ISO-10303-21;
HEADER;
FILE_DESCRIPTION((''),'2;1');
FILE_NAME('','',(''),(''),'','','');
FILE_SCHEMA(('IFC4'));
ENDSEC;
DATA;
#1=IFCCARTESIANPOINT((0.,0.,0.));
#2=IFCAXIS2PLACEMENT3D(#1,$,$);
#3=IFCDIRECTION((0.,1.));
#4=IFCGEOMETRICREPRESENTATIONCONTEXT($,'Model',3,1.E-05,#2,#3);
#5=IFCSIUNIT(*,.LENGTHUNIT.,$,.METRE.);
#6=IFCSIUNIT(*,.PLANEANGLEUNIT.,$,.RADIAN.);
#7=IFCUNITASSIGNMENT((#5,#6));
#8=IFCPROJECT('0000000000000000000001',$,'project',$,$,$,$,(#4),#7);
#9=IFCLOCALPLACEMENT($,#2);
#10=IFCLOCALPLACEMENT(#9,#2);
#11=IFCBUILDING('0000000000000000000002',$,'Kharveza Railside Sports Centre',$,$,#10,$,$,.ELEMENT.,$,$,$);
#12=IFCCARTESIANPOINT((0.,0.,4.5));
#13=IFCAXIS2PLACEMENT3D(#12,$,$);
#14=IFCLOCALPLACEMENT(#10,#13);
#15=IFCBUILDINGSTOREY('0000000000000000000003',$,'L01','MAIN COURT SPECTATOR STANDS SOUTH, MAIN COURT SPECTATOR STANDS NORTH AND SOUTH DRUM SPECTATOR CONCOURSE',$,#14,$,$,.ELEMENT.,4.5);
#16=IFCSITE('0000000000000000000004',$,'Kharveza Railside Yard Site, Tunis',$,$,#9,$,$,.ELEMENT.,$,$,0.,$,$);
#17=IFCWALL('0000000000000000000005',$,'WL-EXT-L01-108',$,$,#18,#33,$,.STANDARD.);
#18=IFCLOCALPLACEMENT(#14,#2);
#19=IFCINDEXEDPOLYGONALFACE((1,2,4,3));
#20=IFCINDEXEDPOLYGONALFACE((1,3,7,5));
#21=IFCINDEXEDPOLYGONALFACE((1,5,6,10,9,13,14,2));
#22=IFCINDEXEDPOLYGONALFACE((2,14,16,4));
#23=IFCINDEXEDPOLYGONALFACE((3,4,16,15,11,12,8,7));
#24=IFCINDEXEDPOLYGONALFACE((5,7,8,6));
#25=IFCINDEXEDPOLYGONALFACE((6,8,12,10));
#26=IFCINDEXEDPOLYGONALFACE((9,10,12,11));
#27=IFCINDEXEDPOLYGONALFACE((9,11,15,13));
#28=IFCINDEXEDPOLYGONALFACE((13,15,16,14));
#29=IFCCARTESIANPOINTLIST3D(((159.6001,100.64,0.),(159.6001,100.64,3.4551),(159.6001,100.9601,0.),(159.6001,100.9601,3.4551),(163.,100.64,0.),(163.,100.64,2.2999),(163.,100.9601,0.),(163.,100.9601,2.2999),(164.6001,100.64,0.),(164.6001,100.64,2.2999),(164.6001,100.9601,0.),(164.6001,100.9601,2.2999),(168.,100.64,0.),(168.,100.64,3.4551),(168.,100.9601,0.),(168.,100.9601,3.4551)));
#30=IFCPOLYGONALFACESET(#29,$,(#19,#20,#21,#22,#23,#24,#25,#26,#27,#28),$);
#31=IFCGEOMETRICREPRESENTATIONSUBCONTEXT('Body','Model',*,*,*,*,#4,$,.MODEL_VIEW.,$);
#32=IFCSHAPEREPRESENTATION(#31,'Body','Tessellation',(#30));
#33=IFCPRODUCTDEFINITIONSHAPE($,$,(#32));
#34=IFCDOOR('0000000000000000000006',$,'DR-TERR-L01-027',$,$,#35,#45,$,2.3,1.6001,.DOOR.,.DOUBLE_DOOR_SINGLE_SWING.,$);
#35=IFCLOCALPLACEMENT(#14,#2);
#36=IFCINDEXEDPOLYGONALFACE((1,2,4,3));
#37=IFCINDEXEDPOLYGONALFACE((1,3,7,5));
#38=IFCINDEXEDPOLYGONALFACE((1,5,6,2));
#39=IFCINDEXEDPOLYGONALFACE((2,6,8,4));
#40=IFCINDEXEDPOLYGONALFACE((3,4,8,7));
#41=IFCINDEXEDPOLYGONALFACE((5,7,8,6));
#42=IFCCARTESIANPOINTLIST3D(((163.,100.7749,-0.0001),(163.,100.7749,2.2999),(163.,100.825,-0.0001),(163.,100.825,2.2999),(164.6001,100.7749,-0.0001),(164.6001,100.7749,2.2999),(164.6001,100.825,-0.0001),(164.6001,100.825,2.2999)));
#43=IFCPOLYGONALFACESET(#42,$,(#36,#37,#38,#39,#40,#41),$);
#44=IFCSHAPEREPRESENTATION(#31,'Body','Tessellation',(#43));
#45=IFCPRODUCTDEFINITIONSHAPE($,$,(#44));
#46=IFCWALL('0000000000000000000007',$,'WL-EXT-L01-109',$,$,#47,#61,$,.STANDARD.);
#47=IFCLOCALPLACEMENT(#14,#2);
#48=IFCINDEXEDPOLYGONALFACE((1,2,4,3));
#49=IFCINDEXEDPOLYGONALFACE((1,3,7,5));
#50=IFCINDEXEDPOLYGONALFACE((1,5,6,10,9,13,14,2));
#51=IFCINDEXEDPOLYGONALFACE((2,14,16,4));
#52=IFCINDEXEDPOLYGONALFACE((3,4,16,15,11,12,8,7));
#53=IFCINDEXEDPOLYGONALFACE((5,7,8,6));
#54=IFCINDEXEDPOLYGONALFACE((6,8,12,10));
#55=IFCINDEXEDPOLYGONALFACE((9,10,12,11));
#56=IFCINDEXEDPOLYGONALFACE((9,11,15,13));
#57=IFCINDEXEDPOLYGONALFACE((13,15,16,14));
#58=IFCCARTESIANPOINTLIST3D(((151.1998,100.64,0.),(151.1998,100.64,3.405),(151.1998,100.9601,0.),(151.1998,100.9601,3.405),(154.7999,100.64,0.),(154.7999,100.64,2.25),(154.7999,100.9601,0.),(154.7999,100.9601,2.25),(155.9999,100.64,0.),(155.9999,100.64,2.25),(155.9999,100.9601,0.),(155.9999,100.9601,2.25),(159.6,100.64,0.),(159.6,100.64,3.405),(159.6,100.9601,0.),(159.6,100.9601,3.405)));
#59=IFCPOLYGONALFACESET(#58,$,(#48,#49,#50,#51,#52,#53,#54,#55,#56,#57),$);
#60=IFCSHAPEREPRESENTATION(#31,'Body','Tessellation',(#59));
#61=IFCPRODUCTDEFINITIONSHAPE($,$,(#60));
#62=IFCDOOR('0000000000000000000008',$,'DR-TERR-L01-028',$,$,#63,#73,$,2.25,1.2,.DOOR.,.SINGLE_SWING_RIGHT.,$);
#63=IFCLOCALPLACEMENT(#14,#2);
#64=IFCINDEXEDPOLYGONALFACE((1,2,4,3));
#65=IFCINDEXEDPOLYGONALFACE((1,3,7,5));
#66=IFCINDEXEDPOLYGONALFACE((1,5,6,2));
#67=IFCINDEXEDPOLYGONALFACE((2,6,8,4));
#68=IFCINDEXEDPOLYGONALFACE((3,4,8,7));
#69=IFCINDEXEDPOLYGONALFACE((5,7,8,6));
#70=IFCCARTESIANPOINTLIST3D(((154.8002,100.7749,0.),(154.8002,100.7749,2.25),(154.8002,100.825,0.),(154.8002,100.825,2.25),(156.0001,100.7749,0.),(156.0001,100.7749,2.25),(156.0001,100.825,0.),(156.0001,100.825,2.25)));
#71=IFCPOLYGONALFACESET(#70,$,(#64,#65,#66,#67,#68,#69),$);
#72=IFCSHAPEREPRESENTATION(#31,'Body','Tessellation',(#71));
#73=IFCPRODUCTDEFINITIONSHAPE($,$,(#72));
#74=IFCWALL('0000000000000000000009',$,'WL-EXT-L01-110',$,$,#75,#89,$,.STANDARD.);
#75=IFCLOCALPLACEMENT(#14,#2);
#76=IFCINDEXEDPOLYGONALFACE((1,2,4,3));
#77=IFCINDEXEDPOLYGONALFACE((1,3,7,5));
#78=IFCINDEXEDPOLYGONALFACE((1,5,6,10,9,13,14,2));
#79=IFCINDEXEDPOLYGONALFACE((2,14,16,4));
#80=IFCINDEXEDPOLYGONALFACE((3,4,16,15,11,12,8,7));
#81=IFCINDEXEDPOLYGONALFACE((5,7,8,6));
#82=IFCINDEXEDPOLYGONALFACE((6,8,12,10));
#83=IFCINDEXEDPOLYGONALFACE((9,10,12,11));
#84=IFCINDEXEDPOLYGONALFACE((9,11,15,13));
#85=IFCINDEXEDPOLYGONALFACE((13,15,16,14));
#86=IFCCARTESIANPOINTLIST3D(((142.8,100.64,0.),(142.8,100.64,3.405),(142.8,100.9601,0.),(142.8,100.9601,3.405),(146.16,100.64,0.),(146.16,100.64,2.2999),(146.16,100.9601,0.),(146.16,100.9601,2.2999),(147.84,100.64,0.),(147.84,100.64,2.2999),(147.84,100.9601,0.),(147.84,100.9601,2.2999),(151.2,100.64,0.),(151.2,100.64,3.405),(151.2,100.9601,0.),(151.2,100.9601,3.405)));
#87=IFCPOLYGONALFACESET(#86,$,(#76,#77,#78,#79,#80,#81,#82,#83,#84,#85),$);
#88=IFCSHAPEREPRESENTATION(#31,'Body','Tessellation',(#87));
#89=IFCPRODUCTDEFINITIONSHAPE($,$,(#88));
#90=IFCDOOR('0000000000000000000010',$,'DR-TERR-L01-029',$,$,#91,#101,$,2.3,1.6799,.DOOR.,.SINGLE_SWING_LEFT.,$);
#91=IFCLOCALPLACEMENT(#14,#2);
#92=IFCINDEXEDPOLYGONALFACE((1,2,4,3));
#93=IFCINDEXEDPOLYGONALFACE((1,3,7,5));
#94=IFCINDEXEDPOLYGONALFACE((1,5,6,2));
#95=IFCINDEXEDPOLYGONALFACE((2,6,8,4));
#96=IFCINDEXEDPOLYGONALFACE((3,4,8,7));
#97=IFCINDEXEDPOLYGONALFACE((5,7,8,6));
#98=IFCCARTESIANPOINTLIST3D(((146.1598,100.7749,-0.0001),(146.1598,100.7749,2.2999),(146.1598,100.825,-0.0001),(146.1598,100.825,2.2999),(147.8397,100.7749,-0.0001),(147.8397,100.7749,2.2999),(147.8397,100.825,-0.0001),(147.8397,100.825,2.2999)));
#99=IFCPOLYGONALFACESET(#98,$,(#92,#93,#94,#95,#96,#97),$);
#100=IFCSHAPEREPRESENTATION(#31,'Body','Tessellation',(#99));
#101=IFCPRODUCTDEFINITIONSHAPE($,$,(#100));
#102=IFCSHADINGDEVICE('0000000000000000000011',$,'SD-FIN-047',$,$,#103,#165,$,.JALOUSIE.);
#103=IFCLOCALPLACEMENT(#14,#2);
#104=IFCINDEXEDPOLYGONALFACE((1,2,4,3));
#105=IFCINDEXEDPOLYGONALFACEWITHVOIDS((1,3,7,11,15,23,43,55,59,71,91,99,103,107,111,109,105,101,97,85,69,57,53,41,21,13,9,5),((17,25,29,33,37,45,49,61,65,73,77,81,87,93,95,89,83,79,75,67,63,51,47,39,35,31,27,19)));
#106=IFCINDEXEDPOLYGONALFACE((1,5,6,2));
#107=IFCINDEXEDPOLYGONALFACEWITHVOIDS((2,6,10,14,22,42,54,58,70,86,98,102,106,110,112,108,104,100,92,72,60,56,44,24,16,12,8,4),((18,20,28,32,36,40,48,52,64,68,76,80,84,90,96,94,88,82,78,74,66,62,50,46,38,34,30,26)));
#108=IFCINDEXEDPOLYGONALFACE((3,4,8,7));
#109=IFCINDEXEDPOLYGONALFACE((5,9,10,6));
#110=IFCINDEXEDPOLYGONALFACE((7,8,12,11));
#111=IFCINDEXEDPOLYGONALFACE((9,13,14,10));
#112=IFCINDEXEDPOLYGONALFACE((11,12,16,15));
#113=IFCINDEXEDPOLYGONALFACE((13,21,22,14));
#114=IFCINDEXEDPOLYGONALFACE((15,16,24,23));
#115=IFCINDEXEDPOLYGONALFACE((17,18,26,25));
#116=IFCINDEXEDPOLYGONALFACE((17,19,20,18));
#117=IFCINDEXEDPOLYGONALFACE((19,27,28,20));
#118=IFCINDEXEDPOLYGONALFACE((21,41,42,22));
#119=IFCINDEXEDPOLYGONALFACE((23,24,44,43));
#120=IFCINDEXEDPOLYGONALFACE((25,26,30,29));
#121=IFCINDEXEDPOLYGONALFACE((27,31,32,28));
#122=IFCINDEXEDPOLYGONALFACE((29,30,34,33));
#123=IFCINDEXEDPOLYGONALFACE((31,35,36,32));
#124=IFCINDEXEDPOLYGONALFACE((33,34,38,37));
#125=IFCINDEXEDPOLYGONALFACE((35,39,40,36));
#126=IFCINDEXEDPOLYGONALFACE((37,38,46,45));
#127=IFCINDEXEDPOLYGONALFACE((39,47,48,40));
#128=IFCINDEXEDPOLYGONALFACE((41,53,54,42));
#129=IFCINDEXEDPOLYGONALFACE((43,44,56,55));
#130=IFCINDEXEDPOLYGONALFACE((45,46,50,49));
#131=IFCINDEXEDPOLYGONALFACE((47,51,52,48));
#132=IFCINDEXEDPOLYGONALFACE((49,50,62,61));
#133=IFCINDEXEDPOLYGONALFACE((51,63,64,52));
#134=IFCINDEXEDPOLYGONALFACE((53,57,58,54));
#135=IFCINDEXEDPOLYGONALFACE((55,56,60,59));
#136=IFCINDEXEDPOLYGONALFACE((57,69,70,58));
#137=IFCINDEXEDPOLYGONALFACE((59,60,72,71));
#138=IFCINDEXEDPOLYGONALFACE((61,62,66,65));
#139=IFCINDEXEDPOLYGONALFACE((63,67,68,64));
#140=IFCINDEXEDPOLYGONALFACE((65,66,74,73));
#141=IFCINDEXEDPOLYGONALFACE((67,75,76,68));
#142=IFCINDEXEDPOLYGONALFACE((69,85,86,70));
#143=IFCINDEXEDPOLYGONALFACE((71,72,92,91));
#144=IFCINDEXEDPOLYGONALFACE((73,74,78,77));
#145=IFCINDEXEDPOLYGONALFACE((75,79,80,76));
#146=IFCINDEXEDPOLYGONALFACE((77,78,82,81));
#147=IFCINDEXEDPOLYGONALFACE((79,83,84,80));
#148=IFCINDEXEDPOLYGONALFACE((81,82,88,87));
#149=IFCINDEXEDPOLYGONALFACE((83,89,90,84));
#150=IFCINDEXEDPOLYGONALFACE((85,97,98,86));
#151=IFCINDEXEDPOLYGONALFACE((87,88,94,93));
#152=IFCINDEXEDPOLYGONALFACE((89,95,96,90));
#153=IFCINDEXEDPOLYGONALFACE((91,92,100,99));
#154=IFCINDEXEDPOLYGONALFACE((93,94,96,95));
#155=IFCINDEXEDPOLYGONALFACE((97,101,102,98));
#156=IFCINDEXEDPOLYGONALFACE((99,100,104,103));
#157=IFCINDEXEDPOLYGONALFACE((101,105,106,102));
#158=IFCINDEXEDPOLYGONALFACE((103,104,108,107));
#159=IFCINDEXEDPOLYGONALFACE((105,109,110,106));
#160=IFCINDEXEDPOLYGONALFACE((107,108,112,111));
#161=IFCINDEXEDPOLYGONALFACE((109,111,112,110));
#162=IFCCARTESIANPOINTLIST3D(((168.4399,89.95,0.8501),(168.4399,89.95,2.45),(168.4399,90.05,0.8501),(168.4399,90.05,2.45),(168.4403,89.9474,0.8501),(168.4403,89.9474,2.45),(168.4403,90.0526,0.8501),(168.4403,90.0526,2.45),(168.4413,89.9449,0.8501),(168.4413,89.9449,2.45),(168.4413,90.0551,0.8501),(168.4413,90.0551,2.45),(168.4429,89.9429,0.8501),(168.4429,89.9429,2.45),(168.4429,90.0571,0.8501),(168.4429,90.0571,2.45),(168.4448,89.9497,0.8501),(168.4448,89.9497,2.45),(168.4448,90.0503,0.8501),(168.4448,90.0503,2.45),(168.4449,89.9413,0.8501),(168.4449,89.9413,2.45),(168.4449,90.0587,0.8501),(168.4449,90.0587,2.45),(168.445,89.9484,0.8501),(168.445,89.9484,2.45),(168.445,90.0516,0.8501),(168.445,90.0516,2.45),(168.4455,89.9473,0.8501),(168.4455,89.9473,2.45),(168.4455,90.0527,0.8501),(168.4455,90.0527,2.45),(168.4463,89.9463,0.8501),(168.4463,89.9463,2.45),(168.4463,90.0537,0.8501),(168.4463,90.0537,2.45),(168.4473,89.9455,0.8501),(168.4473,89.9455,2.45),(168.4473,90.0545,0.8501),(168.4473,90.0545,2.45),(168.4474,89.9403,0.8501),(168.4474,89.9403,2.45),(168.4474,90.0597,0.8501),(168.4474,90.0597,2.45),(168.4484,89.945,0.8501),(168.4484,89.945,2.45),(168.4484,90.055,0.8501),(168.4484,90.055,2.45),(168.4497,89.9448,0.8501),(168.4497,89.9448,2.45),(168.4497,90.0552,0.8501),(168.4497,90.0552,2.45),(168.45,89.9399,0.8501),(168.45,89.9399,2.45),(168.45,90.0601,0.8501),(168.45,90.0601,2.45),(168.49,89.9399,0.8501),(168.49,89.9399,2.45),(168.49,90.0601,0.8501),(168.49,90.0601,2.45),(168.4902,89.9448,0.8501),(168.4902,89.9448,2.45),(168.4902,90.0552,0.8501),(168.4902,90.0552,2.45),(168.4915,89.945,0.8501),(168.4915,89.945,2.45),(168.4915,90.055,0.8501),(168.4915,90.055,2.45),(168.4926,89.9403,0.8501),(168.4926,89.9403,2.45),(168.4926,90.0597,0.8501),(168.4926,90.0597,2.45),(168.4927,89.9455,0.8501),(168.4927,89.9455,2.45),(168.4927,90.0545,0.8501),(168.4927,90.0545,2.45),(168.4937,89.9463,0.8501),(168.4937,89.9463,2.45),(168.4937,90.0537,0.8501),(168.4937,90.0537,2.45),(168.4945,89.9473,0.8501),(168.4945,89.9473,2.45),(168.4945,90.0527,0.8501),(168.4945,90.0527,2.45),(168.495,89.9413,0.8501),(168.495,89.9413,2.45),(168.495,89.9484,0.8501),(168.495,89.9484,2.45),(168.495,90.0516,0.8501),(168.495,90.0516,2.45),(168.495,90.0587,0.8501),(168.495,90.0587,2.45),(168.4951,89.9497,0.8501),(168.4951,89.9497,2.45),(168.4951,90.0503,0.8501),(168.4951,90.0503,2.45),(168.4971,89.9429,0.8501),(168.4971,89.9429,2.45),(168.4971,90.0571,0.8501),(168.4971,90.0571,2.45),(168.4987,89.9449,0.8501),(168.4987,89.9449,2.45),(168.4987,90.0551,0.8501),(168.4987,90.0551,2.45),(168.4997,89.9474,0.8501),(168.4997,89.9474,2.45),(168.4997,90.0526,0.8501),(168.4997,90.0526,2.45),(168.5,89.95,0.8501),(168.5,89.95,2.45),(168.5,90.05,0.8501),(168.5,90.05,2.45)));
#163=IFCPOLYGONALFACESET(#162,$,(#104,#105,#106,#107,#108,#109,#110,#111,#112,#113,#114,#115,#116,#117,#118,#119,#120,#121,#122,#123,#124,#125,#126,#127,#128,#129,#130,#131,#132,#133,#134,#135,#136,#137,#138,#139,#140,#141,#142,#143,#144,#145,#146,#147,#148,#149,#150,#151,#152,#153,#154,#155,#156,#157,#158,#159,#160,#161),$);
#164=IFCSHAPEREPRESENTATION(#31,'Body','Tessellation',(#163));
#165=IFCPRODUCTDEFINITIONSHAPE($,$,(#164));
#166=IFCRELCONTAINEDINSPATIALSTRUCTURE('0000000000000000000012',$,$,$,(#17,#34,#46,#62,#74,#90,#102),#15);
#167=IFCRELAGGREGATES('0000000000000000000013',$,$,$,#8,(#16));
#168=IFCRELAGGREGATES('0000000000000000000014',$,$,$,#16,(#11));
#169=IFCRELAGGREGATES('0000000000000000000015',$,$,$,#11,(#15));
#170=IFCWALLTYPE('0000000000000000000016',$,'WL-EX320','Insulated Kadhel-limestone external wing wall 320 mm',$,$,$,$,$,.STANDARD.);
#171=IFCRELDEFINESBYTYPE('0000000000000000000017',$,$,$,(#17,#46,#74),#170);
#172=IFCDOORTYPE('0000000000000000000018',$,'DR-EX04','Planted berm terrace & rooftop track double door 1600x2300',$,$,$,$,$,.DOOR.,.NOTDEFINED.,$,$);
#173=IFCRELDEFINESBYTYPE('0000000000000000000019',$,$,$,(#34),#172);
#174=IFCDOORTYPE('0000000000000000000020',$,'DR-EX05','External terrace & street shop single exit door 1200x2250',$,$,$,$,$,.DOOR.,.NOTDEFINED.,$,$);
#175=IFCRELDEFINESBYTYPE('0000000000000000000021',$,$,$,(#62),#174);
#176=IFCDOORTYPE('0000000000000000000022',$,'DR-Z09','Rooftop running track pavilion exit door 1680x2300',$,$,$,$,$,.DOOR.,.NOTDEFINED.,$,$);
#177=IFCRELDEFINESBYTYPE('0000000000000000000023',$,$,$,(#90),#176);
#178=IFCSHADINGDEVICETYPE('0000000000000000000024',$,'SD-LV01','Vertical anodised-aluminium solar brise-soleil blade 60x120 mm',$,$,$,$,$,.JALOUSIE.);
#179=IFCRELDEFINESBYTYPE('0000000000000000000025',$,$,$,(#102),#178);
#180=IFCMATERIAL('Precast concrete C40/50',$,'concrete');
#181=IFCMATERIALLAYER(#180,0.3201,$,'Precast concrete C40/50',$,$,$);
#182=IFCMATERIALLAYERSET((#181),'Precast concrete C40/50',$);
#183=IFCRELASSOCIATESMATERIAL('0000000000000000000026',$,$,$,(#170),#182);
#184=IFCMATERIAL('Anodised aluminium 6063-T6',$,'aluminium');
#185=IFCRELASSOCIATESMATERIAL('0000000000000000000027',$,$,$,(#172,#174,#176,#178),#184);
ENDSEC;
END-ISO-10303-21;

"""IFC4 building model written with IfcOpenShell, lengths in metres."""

from ifc_helpers import new_model, si_unit, direction, frame, frame_2d, origin, origin_2d, place, context, subcontext, project, spatial, rectangle, hollow_rectangle, extrude, material, layer, layer_set, material_profile, profile_set, type_object, element, fill, save


model = new_model("IFC4")

# Units and contexts
model_context = context("Model", 3, precision=1e-05, world=origin(), true_north=direction((0.0, 1.0)))
body_context = subcontext(model_context, "Body", "Model", "MODEL_VIEW")
ifc_project = project(units=[si_unit("LENGTHUNIT", "METRE"), si_unit("PLANEANGLEUNIT", "RADIAN")], contexts=[model_context])

# Site, building, storey
site_placement = place(None, origin())
site = spatial("IfcSite", under=ifc_project, at=site_placement, Name="Kharveza Railside Yard Site, Tunis", CompositionType="ELEMENT", RefElevation=0.0)
building_placement = place(site_placement, origin())
building = spatial("IfcBuilding", under=site, at=building_placement, Name="Kharveza Railside Sports Centre", CompositionType="ELEMENT")
storey_placement = place(building_placement, frame((0.0, 0.0, 4.5)))
storey = spatial("IfcBuildingStorey", under=building, at=storey_placement, Name="L01", Description="MAIN COURT SPECTATOR STANDS SOUTH, MAIN COURT SPECTATOR STANDS NORTH AND SOUTH DRUM SPECTATOR CONCOURSE", CompositionType="ELEMENT", Elevation=4.5)

# Shared definitions
ifc_material_1 = material(Name="Precast concrete C40/50", Category="concrete")

# Walls, openings, doors
ifc_layer_1 = layer(ifc_material_1, 0.3201, Name="Precast concrete C40/50")
ifc_layer_set_1 = layer_set([ifc_layer_1], Name="Precast concrete C40/50")
wall_type_1 = type_object("IfcWallType", Name="WL-EX320", Description="Insulated Kadhel-limestone external wing wall 320 mm", PredefinedType="STANDARD", material=ifc_layer_set_1)
wall_1_placement = place(storey_placement, frame((168.0, 100.8, 0.0), z_axis=(0.0, 0.0, 1.0), x_axis=(-1.0, 0.0, 0.0)))
wall_1 = element("IfcWall", 1, at=wall_1_placement, inside=storey, type_object=wall_type_1, Name="WL-EXT-L01-108", PredefinedType="STANDARD", context=body_context, shape_type="SweptSolid", body=[
    extrude(rectangle(XDim=8.3999, YDim=0.3201, at=frame_2d((4.2, 0.0))), origin(), (0.0, 0.0, 1.0), 3.4551),
])
opening_1_placement = place(wall_1_placement, frame((3.3999, 0.0, 0.0)))
opening_1 = element("IfcOpeningElement", 2, at=opening_1_placement, cuts=wall_1, PredefinedType="OPENING", context=body_context, shape_type="SweptSolid", body=[
    extrude(rectangle(XDim=1.6001, YDim=2.3, at=frame_2d((0.8, 1.1499))), frame((0.0, 0.1851, 0.0), z_axis=(0.0, -1.0, 0.0), x_axis=(1.0, 0.0, 0.0)), (0.0, 0.0, 1.0), 0.3699),
])
ifc_material_2 = material(Name="Anodised aluminium 6063-T6", Category="aluminium")
door_type_1 = type_object("IfcDoorType", Name="DR-EX04", Description="Planted berm terrace & rooftop track double door 1600x2300", OperationType="NOTDEFINED", PredefinedType="DOOR", material=ifc_material_2)
door_1_placement = place(opening_1_placement, frame((1.6001, 0.0, 0.0), z_axis=(0.0, 0.0, 1.0), x_axis=(-1.0, 0.0, 0.0)))
door_1 = element("IfcDoor", 3, at=door_1_placement, inside=storey, type_object=door_type_1, Name="DR-TERR-L01-027", OperationType="DOUBLE_DOOR_SINGLE_SWING", OverallHeight=2.3, OverallWidth=1.6001, PredefinedType="DOOR", context=body_context, shape_type="SweptSolid", body=[
    extrude(rectangle(XDim=1.6001, YDim=2.3, at=frame_2d((0.8, 1.1499))), frame((0.0, 0.0249, 0.0), z_axis=(0.0, -1.0, 0.0), x_axis=(1.0, 0.0, 0.0)), (0.0, 0.0, 1.0), 0.05),
])
fill(opening_1, door_1)
wall_2_placement = place(storey_placement, frame((159.6001, 100.8, 0.0), z_axis=(0.0, 0.0, 1.0), x_axis=(-1.0, 0.0, 0.0)))
wall_2 = element("IfcWall", 4, at=wall_2_placement, inside=storey, type_object=wall_type_1, Name="WL-EXT-L01-109", PredefinedType="STANDARD", context=body_context, shape_type="SweptSolid", body=[
    extrude(rectangle(XDim=8.4001, YDim=0.3201, at=frame_2d((4.2002, 0.0))), origin(), (0.0, 0.0, 1.0), 3.405),
])
opening_2_placement = place(wall_2_placement, frame((3.6001, 0.0, 0.0)))
opening_2 = element("IfcOpeningElement", 5, at=opening_2_placement, cuts=wall_2, PredefinedType="OPENING", context=body_context, shape_type="SweptSolid", body=[
    extrude(rectangle(XDim=1.2, YDim=2.25, at=frame_2d((0.6001, 1.125))), frame((0.0, 0.1851, 0.0), z_axis=(0.0, -1.0, 0.0), x_axis=(1.0, 0.0, 0.0)), (0.0, 0.0, 1.0), 0.3699),
])
door_type_2 = type_object("IfcDoorType", Name="DR-EX05", Description="External terrace & street shop single exit door 1200x2250", OperationType="NOTDEFINED", PredefinedType="DOOR", material=ifc_material_2)
door_2_placement = place(opening_2_placement, frame((1.2, 0.0, 0.0), z_axis=(0.0, 0.0, 1.0), x_axis=(-1.0, 0.0, 0.0)))
door_2 = element("IfcDoor", 6, at=door_2_placement, inside=storey, type_object=door_type_2, Name="DR-TERR-L01-028", OperationType="SINGLE_SWING_RIGHT", OverallHeight=2.25, OverallWidth=1.2, PredefinedType="DOOR", context=body_context, shape_type="SweptSolid", body=[
    extrude(rectangle(XDim=1.2, YDim=2.25, at=frame_2d((0.6001, 1.125))), frame((0.0, 0.0249, 0.0), z_axis=(0.0, -1.0, 0.0), x_axis=(1.0, 0.0, 0.0)), (0.0, 0.0, 1.0), 0.05),
])
fill(opening_2, door_2)
wall_3_placement = place(storey_placement, frame((151.2, 100.8, 0.0), z_axis=(0.0, 0.0, 1.0), x_axis=(-1.0, 0.0, 0.0)))
wall_3 = element("IfcWall", 7, at=wall_3_placement, inside=storey, type_object=wall_type_1, Name="WL-EXT-L01-110", PredefinedType="STANDARD", context=body_context, shape_type="SweptSolid", body=[
    extrude(rectangle(XDim=8.3999, YDim=0.3201, at=frame_2d((4.2, 0.0))), origin(), (0.0, 0.0, 1.0), 3.405),
])
opening_3_placement = place(wall_3_placement, frame((3.3601, 0.0, 0.0)))
opening_3 = element("IfcOpeningElement", 8, at=opening_3_placement, cuts=wall_3, PredefinedType="OPENING", context=body_context, shape_type="SweptSolid", body=[
    extrude(rectangle(XDim=1.6799, YDim=2.3, at=frame_2d((0.8398, 1.1499))), frame((0.0, 0.1851, 0.0), z_axis=(0.0, -1.0, 0.0), x_axis=(1.0, 0.0, 0.0)), (0.0, 0.0, 1.0), 0.3699),
])
door_type_3 = type_object("IfcDoorType", Name="DR-Z09", Description="Rooftop running track pavilion exit door 1680x2300", OperationType="NOTDEFINED", PredefinedType="DOOR", material=ifc_material_2)
door_3_placement = place(opening_3_placement, frame((1.6799, 0.0, 0.0), z_axis=(0.0, 0.0, 1.0), x_axis=(-1.0, 0.0, 0.0)))
door_3 = element("IfcDoor", 9, at=door_3_placement, inside=storey, type_object=door_type_3, Name="DR-TERR-L01-029", OperationType="SINGLE_SWING_LEFT", OverallHeight=2.3, OverallWidth=1.6799, PredefinedType="DOOR", context=body_context, shape_type="SweptSolid", body=[
    extrude(rectangle(XDim=1.6799, YDim=2.3, at=frame_2d((0.8398, 1.1499))), frame((0.0, 0.0249, 0.0), z_axis=(0.0, -1.0, 0.0), x_axis=(1.0, 0.0, 0.0)), (0.0, 0.0, 1.0), 0.05),
])
fill(opening_3, door_3)

# Shading device
ifc_material_profile_1 = material_profile(ifc_material_2, hollow_rectangle(XDim=0.0601, YDim=0.1201, WallThickness=0.0049, InnerFilletRadius=0.0049, OuterFilletRadius=0.01, at=origin_2d()), Name="RHS 60x120x5.0")
ifc_profile_set_1 = profile_set([ifc_material_profile_1], Name="Anodised aluminium 6063-T6")
shading_device_type = type_object("IfcShadingDeviceType", Name="SD-LV01", Description="Vertical anodised-aluminium solar brise-soleil blade 60x120 mm", PredefinedType="JALOUSIE", material=ifc_profile_set_1)
shading_device_1_placement = place(storey_placement, frame((168.47, 90.0, 0.8501), z_axis=(0.0, 0.0, 1.0), x_axis=(1.0, 0.0, 0.0)))
element("IfcShadingDevice", 10, at=shading_device_1_placement, inside=storey, type_object=shading_device_type, Name="SD-FIN-047", PredefinedType="JALOUSIE", context=body_context, shape_type="SweptSolid", body=[
    extrude(hollow_rectangle(XDim=0.0601, YDim=0.1201, WallThickness=0.0049, InnerFilletRadius=0.0049, OuterFilletRadius=0.01, at=origin_2d()), origin(), (0.0, 0.0, 1.0), 1.5999),
])

save(model, "model.ifc")
